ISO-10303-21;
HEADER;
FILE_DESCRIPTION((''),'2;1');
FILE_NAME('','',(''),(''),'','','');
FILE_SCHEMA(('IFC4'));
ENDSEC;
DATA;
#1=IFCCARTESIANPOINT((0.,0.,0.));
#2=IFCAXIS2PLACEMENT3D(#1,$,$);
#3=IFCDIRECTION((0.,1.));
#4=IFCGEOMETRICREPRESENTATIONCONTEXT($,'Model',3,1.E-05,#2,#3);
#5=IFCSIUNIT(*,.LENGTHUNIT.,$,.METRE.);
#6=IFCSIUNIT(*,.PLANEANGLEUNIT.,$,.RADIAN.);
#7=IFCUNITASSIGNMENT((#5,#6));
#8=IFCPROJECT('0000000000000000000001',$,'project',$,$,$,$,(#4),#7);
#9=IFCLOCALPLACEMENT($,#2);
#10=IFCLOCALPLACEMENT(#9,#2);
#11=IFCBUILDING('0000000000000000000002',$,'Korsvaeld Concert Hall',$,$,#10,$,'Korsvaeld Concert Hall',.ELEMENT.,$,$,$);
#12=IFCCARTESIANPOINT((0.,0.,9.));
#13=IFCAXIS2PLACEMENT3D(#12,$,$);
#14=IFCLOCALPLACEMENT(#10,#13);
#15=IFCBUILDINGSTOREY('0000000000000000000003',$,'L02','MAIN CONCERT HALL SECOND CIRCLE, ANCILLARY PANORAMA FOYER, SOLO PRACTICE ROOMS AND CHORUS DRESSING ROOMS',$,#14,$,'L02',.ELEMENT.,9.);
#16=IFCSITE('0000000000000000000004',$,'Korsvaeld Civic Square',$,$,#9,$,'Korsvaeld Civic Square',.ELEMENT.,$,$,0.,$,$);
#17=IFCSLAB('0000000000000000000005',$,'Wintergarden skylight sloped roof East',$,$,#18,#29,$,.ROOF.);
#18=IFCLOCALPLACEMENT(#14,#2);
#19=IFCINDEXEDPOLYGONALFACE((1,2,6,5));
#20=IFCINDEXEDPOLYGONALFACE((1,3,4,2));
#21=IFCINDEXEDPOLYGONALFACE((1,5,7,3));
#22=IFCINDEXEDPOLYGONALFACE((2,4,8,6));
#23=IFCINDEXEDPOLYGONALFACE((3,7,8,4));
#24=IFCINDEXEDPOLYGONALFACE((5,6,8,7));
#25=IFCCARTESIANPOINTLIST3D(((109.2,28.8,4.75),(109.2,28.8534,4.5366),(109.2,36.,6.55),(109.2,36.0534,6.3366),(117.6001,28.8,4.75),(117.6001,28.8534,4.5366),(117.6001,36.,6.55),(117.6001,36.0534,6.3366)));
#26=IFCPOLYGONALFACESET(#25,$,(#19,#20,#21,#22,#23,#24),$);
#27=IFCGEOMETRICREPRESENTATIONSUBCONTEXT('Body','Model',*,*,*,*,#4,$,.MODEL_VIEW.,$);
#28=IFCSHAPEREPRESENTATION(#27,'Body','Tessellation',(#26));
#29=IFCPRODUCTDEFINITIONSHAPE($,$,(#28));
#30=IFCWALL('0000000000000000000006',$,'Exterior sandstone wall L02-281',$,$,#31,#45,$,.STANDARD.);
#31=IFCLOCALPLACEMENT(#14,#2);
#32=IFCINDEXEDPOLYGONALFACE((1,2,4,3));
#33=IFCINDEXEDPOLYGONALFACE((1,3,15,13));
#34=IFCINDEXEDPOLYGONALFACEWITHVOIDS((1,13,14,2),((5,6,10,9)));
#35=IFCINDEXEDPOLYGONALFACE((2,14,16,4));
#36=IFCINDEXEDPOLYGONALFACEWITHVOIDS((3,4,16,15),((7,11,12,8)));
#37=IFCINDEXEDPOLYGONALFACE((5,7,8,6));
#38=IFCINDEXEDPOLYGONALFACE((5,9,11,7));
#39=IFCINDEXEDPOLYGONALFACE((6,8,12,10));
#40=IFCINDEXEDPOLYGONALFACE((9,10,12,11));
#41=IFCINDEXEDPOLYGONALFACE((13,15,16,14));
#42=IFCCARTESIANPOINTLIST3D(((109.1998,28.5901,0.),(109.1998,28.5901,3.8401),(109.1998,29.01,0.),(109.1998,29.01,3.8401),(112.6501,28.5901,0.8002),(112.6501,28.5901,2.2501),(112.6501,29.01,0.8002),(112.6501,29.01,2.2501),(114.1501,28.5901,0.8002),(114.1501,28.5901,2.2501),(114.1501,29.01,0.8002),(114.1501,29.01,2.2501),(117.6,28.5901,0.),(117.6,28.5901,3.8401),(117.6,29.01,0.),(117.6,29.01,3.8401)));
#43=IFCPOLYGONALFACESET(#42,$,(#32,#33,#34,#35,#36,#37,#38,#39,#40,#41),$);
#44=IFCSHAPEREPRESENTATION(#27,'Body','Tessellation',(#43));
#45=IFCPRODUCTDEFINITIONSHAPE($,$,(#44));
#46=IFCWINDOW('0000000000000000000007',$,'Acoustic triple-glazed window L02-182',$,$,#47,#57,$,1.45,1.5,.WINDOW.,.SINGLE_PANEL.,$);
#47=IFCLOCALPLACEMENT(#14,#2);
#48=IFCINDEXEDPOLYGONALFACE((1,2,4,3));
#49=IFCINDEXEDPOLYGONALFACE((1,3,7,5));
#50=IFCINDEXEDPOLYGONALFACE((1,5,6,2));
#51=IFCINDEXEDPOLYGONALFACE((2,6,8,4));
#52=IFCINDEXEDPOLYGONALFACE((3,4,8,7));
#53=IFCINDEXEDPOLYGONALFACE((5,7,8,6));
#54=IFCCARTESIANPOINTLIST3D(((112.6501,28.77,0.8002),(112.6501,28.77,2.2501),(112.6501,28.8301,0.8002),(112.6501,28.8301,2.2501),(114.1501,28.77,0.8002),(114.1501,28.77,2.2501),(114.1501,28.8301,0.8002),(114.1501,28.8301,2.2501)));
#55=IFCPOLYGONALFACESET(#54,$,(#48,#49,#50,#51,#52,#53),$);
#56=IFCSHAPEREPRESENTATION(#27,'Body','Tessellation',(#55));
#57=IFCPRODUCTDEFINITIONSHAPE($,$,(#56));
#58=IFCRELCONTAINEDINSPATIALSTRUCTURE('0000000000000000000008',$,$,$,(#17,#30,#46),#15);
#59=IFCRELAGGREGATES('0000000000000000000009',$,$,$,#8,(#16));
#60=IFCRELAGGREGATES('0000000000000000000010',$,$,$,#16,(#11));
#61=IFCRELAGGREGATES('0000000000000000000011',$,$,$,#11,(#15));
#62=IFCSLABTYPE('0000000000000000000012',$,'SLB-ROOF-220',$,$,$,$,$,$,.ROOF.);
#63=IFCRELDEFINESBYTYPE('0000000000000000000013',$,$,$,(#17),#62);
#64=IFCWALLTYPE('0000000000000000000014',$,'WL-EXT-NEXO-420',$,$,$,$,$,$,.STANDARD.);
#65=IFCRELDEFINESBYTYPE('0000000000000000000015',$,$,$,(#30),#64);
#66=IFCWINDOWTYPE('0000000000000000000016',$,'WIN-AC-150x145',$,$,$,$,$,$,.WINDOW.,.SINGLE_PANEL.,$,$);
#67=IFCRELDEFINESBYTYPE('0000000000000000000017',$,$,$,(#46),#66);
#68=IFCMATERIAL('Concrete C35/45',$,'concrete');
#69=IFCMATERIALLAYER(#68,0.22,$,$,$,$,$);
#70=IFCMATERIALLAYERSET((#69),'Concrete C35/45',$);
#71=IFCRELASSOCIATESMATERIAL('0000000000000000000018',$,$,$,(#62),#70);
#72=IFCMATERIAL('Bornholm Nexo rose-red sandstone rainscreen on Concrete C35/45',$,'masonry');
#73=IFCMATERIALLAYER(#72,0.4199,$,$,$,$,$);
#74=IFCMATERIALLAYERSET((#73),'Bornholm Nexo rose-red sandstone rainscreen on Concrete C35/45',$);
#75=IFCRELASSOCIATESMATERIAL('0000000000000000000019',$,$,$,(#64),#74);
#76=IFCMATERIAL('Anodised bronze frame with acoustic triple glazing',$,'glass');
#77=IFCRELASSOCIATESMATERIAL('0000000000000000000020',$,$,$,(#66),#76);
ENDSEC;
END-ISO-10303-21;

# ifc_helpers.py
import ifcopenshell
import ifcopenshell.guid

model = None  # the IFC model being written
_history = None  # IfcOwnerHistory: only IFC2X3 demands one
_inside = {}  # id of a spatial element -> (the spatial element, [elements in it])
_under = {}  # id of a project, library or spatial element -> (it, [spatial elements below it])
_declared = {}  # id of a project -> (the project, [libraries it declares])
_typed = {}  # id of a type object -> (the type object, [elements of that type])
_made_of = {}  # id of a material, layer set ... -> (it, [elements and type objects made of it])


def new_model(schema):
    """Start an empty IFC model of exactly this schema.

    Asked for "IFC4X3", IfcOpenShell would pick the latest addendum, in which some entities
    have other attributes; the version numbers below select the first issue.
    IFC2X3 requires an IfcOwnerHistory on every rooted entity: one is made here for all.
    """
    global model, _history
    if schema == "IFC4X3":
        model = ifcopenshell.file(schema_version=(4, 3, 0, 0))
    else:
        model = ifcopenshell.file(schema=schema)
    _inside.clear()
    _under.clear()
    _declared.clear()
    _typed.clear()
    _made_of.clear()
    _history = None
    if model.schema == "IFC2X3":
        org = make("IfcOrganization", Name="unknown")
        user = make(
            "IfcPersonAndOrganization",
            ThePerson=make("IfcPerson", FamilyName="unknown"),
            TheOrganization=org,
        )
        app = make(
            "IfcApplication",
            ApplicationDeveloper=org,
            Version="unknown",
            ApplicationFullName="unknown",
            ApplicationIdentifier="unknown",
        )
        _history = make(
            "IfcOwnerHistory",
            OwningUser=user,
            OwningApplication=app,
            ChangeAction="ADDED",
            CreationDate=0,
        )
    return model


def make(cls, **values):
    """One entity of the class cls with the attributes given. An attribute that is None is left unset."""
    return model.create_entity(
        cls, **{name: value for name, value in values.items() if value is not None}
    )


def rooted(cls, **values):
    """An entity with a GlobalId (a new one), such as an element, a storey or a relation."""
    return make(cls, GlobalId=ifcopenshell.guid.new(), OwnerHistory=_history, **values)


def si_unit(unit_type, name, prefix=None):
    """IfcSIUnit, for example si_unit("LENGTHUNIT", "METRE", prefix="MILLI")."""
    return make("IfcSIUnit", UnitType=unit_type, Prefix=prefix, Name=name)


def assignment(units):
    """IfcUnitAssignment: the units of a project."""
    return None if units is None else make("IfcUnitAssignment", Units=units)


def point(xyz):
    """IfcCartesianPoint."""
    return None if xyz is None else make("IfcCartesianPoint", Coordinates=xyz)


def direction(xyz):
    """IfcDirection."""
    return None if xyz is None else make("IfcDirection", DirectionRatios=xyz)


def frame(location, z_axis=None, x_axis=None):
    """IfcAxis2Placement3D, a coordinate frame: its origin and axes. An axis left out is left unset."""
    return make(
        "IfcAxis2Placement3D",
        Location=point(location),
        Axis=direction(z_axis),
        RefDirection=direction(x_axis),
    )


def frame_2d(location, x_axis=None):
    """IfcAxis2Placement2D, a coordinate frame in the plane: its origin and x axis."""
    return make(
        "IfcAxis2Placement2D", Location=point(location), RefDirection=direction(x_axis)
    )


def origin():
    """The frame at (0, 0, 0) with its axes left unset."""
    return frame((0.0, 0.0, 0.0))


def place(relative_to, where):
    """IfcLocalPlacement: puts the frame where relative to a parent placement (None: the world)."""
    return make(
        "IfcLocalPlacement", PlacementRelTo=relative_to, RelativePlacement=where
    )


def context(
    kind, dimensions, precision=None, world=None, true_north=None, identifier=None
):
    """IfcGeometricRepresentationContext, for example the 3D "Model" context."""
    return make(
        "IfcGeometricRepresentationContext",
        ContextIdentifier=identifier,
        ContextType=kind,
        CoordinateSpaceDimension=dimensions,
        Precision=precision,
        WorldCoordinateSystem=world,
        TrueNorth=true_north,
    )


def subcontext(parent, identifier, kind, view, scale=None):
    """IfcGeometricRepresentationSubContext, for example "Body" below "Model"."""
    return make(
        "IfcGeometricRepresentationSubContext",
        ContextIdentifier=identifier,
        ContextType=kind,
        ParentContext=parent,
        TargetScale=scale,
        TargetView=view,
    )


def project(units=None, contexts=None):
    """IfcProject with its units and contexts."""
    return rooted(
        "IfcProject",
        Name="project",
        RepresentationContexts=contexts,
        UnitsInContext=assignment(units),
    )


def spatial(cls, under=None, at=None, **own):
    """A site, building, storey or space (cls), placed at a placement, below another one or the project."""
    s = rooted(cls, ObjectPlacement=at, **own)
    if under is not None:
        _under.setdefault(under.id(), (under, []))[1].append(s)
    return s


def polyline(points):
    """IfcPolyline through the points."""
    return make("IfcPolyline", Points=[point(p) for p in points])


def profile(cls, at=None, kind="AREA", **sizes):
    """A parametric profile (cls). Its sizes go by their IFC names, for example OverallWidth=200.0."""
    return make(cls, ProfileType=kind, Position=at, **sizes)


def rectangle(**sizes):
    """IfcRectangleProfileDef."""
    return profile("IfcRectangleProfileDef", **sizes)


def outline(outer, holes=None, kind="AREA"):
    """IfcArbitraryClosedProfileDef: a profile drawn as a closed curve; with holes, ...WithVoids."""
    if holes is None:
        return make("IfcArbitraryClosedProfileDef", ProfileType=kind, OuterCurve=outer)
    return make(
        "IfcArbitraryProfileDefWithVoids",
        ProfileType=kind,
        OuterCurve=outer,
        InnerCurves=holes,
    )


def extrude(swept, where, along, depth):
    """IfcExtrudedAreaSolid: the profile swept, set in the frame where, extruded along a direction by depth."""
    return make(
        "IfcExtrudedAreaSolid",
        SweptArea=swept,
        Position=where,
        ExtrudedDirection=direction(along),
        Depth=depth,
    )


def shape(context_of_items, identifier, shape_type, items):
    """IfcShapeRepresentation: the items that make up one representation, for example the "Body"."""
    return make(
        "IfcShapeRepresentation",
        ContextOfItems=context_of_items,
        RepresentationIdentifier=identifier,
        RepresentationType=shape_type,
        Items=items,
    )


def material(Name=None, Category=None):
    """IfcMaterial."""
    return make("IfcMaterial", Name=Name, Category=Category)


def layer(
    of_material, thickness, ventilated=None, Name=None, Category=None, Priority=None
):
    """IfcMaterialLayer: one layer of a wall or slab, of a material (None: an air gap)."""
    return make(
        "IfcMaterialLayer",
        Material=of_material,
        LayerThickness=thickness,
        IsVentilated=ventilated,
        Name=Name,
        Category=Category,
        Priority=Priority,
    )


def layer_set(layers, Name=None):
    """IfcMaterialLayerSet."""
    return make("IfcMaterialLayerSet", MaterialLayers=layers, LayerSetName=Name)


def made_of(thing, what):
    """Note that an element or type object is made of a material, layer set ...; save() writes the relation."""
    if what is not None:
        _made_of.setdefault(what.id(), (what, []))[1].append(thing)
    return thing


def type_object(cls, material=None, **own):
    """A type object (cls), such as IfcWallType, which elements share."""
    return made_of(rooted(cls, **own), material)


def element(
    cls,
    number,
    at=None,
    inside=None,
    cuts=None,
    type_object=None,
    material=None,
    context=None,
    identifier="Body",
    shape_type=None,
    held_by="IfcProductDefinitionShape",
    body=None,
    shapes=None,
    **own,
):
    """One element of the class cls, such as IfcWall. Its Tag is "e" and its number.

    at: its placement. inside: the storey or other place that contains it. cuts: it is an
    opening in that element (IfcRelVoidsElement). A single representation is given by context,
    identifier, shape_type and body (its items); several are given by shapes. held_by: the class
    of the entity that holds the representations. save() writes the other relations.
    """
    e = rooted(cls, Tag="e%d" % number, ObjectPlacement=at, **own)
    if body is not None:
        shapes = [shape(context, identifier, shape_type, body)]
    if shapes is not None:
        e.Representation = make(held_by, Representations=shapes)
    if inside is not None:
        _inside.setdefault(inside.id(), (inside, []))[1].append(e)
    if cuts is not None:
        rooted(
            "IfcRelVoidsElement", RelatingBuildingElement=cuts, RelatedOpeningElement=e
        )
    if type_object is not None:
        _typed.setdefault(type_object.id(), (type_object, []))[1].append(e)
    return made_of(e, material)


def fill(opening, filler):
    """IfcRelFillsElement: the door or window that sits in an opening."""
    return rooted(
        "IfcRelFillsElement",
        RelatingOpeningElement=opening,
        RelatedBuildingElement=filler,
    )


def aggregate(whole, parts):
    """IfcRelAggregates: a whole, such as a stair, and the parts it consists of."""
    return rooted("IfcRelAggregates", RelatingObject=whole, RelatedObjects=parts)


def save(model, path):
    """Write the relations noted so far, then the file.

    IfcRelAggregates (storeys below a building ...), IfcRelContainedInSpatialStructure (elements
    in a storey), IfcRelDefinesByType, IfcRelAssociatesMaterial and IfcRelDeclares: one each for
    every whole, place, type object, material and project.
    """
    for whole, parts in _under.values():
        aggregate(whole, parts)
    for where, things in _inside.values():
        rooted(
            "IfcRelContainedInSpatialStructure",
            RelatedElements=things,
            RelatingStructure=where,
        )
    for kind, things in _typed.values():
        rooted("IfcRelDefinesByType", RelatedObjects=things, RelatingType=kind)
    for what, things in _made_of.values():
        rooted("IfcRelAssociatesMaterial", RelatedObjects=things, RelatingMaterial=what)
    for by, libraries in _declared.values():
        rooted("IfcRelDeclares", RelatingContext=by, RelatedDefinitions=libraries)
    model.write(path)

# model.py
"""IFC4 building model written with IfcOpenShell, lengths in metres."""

from ifc_helpers import new_model, si_unit, direction, frame, frame_2d, origin, place, context, subcontext, project, spatial, polyline, rectangle, outline, extrude, material, layer, layer_set, type_object, element, fill, save


model = new_model("IFC4")

# Units and contexts
model_context = context("Model", 3, precision=1e-05, world=origin(), true_north=direction((0.0, 1.0)))
body_context = subcontext(model_context, "Body", "Model", "MODEL_VIEW")
ifc_project = project(units=[si_unit("LENGTHUNIT", "METRE"), si_unit("PLANEANGLEUNIT", "RADIAN")], contexts=[model_context])

# Site, building, storey
site_placement = place(None, origin())
site = spatial("IfcSite", under=ifc_project, at=site_placement, Name="Korsvaeld Civic Square", LongName="Korsvaeld Civic Square", CompositionType="ELEMENT", RefElevation=0.0)
building_placement = place(site_placement, origin())
building = spatial("IfcBuilding", under=site, at=building_placement, Name="Korsvaeld Concert Hall", LongName="Korsvaeld Concert Hall", CompositionType="ELEMENT")
storey_placement = place(building_placement, frame((0.0, 0.0, 9.0)))
storey = spatial("IfcBuildingStorey", under=building, at=storey_placement, Name="L02", Description="MAIN CONCERT HALL SECOND CIRCLE, ANCILLARY PANORAMA FOYER, SOLO PRACTICE ROOMS AND CHORUS DRESSING ROOMS", LongName="L02", CompositionType="ELEMENT", Elevation=9.0)

# Shared definitions
ifc_material_1 = material(Name="Concrete C35/45", Category="concrete")

# Slab
ifc_layer_1 = layer(ifc_material_1, 0.22)
ifc_layer_set_1 = layer_set([ifc_layer_1], Name="Concrete C35/45")
slab_type = type_object("IfcSlabType", Name="SLB-ROOF-220", PredefinedType="ROOF", material=ifc_layer_set_1)
slab_placement = place(storey_placement, frame((109.2, 28.8, 4.75), z_axis=(0.0, -0.242543, 0.970141), x_axis=(1.0, 0.0, 0.0)))
element("IfcSlab", 1, at=slab_placement, inside=storey, type_object=slab_type, Name="Wintergarden skylight sloped roof East", PredefinedType="ROOF", context=body_context, shape_type="SweptSolid", body=[
    extrude(outline(polyline([(0.0, 0.0), (8.4001, 0.0), (8.4001, 7.4216), (0.0, 7.4216), (0.0, 0.0)])), origin(), (0.0, 0.0, -1.0), 0.22),
])

# Wall, opening, window
ifc_material_2 = material(Name="Bornholm Nexo rose-red sandstone rainscreen on Concrete C35/45", Category="masonry")
ifc_layer_2 = layer(ifc_material_2, 0.4199)
ifc_layer_set_2 = layer_set([ifc_layer_2], Name="Bornholm Nexo rose-red sandstone rainscreen on Concrete C35/45")
wall_type = type_object("IfcWallType", Name="WL-EXT-NEXO-420", PredefinedType="STANDARD", material=ifc_layer_set_2)
wall_placement = place(storey_placement, frame((117.6001, 28.8, 0.0), z_axis=(0.0, 0.0, 1.0), x_axis=(-1.0, 0.0, 0.0)))
wall = element("IfcWall", 2, at=wall_placement, inside=storey, type_object=wall_type, Name="Exterior sandstone wall L02-281", PredefinedType="STANDARD", context=body_context, shape_type="SweptSolid", body=[
    extrude(rectangle(XDim=8.4001, YDim=0.4199, at=frame_2d((4.2002, 0.0))), origin(), (0.0, 0.0, 1.0), 3.8401),
])
opening_placement = place(wall_placement, frame((3.45, 0.0, 0.8)))
opening = element("IfcOpeningElement", 3, at=opening_placement, cuts=wall, PredefinedType="OPENING", context=body_context, shape_type="SweptSolid", body=[
    extrude(rectangle(XDim=1.5, YDim=1.45, at=frame_2d((0.75, 0.7251))), frame((0.0, 0.22, 0.0), z_axis=(0.0, -1.0, 0.0), x_axis=(1.0, 0.0, 0.0)), (0.0, 0.0, 1.0), 0.4399),
])
ifc_material_3 = material(Name="Anodised bronze frame with acoustic triple glazing", Category="glass")
window_type = type_object("IfcWindowType", Name="WIN-AC-150x145", PartitioningType="SINGLE_PANEL", PredefinedType="WINDOW", material=ifc_material_3)
window_placement = place(opening_placement, origin())
window = element("IfcWindow", 4, at=window_placement, inside=storey, type_object=window_type, Name="Acoustic triple-glazed window L02-182", OverallHeight=1.45, OverallWidth=1.5, PartitioningType="SINGLE_PANEL", PredefinedType="WINDOW", context=body_context, shape_type="SweptSolid", body=[
    extrude(rectangle(XDim=1.5, YDim=1.45, at=frame_2d((0.75, 0.7251))), frame((0.0, 0.03, 0.0), z_axis=(0.0, -1.0, 0.0), x_axis=(1.0, 0.0, 0.0)), (0.0, 0.0, 1.0), 0.0601),
])
fill(opening, window)

save(model, "model.ifc")
